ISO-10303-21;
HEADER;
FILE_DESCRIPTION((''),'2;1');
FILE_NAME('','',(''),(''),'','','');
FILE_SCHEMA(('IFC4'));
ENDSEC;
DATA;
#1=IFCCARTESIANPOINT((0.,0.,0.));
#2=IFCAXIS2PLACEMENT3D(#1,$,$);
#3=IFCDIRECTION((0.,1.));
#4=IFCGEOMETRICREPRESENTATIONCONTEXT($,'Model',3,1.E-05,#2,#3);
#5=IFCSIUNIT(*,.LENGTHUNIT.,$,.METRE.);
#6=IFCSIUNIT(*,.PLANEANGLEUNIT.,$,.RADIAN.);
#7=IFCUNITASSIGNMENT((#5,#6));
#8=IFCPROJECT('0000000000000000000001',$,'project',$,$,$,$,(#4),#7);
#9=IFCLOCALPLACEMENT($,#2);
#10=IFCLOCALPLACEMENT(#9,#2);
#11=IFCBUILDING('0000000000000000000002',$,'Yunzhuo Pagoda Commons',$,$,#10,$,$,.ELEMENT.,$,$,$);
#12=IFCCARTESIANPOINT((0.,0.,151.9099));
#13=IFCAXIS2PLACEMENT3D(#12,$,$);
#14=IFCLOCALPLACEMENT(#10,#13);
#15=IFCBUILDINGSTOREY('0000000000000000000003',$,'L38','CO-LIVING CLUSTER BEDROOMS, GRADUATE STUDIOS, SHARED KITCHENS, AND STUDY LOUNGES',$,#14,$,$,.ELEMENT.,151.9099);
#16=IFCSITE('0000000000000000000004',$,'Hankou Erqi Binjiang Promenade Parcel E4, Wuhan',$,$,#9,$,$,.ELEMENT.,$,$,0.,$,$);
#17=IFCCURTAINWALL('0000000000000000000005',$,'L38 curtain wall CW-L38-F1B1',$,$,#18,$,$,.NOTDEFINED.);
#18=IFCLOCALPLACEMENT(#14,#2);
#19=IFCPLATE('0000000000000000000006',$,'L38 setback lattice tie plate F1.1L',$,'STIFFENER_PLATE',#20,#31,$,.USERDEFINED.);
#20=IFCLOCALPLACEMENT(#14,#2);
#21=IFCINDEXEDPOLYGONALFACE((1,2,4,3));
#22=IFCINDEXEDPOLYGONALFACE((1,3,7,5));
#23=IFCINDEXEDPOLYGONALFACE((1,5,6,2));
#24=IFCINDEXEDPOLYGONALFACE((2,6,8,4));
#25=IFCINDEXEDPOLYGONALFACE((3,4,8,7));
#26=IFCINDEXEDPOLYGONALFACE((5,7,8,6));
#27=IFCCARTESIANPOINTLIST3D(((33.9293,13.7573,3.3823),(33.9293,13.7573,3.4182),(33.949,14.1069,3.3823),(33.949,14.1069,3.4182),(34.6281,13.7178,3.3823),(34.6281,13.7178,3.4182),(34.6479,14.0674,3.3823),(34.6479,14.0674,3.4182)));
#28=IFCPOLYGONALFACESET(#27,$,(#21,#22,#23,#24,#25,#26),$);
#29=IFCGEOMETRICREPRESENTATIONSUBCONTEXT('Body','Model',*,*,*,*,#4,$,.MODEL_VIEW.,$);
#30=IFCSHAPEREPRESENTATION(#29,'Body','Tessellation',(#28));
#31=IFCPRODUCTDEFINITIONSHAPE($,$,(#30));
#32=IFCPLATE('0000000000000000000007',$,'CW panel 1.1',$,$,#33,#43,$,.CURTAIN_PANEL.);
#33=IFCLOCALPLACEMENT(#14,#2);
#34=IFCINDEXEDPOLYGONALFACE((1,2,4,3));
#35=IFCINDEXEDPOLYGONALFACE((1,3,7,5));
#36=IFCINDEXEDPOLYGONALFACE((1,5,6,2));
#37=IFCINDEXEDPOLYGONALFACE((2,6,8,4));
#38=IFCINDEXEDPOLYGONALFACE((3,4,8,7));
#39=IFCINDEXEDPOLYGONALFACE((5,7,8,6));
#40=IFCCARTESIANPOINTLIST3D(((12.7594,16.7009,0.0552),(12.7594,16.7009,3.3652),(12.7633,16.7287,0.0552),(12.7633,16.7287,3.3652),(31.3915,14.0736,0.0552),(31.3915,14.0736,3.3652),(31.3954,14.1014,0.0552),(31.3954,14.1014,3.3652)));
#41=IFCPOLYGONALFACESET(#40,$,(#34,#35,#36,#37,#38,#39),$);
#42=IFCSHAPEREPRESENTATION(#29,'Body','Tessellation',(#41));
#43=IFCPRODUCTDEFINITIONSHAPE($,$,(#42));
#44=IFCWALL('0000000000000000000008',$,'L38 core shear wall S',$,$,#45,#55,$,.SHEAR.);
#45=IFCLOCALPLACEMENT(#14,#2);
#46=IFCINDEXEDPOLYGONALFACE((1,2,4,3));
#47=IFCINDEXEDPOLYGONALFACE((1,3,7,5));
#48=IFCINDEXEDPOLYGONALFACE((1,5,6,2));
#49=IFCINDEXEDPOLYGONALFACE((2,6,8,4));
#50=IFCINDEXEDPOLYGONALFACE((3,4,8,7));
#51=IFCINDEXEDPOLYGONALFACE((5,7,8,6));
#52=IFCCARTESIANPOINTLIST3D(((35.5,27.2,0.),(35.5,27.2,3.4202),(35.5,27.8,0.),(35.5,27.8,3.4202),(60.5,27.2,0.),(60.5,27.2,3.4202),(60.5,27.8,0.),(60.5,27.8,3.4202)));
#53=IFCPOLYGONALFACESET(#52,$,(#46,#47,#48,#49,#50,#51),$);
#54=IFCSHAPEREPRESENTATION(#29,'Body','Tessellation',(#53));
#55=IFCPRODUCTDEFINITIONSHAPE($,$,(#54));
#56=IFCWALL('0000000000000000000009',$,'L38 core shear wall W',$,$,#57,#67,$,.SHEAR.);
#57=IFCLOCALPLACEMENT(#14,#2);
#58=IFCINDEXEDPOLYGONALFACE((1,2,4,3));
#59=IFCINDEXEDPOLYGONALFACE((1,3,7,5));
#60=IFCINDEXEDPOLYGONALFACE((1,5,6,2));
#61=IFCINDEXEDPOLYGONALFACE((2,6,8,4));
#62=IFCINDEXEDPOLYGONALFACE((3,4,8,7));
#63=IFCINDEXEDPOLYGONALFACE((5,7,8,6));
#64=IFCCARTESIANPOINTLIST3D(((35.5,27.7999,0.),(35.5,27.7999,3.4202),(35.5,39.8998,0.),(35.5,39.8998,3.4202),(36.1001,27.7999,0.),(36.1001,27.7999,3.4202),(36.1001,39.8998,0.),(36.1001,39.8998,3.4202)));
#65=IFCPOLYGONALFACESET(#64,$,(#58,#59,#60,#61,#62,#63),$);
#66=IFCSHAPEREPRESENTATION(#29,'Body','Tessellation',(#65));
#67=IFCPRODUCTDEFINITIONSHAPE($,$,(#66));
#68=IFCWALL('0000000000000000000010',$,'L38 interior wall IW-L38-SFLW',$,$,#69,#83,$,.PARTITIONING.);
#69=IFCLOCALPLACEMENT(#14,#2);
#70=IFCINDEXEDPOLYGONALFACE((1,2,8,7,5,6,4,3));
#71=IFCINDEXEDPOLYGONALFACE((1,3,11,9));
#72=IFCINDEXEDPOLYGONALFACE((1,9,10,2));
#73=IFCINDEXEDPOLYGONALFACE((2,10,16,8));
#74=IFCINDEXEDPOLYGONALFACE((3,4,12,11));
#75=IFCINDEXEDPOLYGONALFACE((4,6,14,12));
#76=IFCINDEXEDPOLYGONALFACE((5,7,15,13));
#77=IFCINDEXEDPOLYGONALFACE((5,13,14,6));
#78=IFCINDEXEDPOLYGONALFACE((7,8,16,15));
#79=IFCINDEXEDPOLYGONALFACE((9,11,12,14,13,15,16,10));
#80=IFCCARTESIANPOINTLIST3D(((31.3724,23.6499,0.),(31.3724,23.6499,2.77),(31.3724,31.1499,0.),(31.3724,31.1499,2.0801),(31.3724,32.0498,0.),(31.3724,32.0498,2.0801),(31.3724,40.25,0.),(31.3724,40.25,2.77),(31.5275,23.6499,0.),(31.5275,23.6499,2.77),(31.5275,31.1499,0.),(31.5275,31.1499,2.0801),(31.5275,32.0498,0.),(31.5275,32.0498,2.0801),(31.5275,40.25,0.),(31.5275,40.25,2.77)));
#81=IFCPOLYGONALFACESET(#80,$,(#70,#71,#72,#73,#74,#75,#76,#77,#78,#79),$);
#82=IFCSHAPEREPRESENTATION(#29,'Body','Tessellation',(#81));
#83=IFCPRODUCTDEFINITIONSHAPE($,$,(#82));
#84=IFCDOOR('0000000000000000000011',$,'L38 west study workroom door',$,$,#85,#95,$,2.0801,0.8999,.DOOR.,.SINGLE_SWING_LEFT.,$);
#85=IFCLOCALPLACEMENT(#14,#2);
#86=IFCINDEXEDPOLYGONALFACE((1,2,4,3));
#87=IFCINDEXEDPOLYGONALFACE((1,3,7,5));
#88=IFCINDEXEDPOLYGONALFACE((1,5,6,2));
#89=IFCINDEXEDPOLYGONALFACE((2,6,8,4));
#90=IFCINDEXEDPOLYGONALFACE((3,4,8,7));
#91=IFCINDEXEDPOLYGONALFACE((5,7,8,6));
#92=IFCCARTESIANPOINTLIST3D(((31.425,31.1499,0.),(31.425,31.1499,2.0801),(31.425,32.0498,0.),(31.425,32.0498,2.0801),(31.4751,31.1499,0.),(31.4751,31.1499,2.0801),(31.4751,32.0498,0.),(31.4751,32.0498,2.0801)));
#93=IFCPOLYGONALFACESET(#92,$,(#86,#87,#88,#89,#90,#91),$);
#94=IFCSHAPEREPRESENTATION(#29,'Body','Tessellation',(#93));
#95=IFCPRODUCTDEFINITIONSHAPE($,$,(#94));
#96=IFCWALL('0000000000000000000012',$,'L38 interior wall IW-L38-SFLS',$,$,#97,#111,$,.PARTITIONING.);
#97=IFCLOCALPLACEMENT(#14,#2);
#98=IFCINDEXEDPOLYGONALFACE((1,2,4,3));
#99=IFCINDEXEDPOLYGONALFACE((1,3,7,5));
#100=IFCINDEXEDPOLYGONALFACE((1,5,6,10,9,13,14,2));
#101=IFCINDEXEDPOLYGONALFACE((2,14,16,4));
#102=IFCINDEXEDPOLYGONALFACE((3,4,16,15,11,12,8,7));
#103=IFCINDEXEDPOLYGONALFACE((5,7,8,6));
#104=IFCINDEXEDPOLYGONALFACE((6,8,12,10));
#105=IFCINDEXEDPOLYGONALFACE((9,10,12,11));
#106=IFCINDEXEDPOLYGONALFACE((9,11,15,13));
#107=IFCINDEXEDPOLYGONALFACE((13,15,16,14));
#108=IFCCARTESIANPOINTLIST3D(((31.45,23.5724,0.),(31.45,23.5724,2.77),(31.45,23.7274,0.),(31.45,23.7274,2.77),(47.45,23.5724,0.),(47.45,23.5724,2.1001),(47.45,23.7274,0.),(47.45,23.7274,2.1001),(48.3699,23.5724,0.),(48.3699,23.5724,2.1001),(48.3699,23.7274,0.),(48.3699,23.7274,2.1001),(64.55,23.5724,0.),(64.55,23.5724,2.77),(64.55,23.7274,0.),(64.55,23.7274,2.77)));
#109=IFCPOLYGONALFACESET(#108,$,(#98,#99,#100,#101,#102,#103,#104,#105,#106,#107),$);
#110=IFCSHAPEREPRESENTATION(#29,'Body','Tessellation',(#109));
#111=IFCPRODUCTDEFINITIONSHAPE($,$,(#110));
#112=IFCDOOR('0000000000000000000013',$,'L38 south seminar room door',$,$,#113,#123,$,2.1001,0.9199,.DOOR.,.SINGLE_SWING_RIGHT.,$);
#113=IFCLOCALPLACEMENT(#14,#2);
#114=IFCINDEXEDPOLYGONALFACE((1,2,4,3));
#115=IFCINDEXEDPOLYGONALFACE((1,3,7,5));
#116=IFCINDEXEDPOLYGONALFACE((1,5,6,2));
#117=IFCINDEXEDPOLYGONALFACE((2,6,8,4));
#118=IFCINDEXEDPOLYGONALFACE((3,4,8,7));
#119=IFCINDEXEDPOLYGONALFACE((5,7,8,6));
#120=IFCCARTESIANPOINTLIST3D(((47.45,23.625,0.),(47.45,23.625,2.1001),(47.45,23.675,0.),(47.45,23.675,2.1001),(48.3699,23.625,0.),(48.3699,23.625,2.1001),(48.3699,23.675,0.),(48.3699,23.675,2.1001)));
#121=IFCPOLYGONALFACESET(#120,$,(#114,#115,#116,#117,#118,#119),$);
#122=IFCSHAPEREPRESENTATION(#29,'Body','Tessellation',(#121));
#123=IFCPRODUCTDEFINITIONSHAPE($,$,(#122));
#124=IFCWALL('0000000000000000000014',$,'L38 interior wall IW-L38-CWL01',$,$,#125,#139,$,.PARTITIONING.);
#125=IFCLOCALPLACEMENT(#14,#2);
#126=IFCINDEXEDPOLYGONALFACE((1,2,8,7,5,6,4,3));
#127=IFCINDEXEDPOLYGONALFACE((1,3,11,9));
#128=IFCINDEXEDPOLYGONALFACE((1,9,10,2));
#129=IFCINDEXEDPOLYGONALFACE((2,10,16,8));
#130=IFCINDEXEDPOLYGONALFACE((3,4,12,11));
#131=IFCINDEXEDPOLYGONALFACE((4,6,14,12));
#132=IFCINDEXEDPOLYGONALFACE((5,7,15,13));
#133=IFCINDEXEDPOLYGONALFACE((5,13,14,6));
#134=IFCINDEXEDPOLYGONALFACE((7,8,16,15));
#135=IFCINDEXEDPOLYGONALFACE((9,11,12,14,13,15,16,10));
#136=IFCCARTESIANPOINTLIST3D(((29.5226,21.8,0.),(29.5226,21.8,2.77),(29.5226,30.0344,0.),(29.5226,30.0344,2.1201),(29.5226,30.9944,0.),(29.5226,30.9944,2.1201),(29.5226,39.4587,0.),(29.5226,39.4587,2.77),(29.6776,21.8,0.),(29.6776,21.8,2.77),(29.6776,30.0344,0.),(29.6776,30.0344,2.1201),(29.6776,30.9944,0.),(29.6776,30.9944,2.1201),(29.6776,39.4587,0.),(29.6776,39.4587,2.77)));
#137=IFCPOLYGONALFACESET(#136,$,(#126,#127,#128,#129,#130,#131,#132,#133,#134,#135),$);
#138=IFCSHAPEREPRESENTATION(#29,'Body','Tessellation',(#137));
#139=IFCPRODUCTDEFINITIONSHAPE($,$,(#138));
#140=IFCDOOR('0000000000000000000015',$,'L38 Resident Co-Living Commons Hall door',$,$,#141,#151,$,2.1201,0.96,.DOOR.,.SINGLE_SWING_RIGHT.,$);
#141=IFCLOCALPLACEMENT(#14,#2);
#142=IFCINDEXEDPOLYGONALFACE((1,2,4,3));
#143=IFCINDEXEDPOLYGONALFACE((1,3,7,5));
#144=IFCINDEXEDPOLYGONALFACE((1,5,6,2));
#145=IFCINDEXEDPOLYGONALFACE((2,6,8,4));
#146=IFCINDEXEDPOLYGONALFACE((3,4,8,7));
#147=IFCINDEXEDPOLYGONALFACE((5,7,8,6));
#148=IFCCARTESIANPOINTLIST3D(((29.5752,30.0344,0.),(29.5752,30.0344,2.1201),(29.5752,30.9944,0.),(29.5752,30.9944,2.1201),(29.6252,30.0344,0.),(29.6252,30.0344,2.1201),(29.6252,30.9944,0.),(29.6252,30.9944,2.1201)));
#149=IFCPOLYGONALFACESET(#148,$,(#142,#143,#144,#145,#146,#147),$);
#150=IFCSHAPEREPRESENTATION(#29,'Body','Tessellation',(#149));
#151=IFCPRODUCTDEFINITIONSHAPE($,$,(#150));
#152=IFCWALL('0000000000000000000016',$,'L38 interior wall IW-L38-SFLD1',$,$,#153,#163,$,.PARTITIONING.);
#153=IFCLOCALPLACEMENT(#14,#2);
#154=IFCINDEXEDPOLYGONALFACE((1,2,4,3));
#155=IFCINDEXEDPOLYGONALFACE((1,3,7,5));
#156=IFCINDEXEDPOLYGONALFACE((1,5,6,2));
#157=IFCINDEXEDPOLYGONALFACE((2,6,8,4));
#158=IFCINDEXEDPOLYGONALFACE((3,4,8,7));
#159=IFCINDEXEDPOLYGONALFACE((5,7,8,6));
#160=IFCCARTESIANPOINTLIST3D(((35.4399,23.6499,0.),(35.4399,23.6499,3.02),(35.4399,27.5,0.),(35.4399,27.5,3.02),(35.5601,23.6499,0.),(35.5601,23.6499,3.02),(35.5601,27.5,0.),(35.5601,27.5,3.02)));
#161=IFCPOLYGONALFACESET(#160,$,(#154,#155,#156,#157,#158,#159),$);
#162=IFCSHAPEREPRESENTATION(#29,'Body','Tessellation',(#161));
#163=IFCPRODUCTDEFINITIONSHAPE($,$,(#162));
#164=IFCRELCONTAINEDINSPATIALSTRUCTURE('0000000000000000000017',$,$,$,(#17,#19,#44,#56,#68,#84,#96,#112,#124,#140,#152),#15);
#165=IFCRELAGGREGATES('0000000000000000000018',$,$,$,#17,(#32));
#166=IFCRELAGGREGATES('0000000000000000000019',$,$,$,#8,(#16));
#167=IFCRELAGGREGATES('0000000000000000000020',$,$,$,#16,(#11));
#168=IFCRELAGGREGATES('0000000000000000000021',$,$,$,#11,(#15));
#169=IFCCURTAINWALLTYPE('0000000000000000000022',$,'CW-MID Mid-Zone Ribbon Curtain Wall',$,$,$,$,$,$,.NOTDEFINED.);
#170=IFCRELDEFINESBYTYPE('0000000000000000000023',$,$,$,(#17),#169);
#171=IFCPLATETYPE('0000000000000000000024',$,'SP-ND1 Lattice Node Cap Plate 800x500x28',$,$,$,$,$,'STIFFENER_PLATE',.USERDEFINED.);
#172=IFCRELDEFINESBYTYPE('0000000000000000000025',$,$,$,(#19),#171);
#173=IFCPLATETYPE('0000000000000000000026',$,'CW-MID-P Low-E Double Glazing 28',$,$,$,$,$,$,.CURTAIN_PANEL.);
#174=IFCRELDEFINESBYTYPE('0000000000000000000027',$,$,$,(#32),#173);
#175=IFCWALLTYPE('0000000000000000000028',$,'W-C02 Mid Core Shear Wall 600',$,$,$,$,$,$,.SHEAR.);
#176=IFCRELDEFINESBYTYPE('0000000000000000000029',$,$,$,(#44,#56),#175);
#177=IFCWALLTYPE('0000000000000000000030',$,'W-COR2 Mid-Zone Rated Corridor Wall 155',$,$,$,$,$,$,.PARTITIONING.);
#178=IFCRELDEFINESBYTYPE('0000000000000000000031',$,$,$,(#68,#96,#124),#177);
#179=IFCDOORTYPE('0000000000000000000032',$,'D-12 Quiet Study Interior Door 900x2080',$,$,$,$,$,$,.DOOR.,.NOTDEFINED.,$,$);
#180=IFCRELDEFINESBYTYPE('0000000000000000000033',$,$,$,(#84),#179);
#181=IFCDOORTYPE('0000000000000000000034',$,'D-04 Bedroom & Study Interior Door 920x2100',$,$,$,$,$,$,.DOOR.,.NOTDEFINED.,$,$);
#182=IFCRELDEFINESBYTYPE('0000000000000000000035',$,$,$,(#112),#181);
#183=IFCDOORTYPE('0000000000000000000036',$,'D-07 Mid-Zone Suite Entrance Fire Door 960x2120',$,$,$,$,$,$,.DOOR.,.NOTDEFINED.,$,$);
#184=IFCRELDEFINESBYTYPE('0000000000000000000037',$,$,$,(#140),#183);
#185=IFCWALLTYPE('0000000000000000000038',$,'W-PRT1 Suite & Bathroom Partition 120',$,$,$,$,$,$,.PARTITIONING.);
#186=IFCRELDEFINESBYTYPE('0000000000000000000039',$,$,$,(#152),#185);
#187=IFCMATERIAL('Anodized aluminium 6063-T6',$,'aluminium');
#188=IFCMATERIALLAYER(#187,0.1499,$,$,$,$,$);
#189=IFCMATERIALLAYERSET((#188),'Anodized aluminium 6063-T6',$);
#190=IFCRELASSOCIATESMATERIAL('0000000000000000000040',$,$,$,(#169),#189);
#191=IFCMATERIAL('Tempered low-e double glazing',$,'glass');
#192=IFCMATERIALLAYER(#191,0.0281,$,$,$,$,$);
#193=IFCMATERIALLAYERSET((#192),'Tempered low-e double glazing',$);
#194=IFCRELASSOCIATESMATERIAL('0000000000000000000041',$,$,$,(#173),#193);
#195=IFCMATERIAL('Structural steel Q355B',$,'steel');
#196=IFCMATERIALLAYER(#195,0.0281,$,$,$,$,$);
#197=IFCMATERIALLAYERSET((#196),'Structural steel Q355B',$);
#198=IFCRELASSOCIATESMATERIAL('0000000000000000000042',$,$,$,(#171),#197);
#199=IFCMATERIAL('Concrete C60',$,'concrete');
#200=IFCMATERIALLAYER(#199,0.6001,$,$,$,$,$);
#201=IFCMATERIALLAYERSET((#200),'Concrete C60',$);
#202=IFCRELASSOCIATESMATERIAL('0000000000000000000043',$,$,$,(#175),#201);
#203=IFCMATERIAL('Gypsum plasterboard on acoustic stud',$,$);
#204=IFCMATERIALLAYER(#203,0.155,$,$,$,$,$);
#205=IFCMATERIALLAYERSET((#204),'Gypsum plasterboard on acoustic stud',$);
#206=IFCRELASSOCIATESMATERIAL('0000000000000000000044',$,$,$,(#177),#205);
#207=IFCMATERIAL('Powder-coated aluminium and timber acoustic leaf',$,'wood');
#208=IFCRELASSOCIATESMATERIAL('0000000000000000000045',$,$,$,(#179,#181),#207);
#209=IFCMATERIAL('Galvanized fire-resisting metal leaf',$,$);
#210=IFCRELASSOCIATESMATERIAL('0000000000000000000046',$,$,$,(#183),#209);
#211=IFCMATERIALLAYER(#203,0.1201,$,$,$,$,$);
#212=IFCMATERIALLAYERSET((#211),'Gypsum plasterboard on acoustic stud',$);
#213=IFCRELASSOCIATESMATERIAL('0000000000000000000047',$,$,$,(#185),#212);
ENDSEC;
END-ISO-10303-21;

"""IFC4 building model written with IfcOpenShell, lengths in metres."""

from ifc_helpers import new_model, si_unit, direction, frame, frame_2d, origin, origin_with_axes, origin_2d, place, context, subcontext, project, spatial, rectangle, extrude, source, transform, mapped, material, layer, layer_set, type_object, element, fill, aggregate, save


model = new_model("IFC4")

# Units and contexts
model_context = context("Model", 3, precision=1e-05, world=origin(), true_north=direction((0.0, 1.0)))
body_context = subcontext(model_context, "Body", "Model", "MODEL_VIEW")
ifc_project = project(units=[si_unit("LENGTHUNIT", "METRE"), si_unit("PLANEANGLEUNIT", "RADIAN")], contexts=[model_context])

# Site, building, storey
site_placement = place(None, origin())
site = spatial("IfcSite", under=ifc_project, at=site_placement, Name="Hankou Erqi Binjiang Promenade Parcel E4, Wuhan", CompositionType="ELEMENT", RefElevation=0.0)
building_placement = place(site_placement, origin())
building = spatial("IfcBuilding", under=site, at=building_placement, Name="Yunzhuo Pagoda Commons", CompositionType="ELEMENT")
storey_placement = place(building_placement, frame((0.0, 0.0, 151.9099)))
storey = spatial("IfcBuildingStorey", under=building, at=storey_placement, Name="L38", Description="CO-LIVING CLUSTER BEDROOMS, GRADUATE STUDIOS, SHARED KITCHENS, AND STUDY LOUNGES", CompositionType="ELEMENT", Elevation=151.9099)

# Shared definitions
ifc_material_1 = material(Name="Structural steel Q355B", Category="steel")

# Curtain wall
ifc_material_2 = material(Name="Anodized aluminium 6063-T6", Category="aluminium")
ifc_layer_1 = layer(ifc_material_2, 0.1499)
ifc_layer_set_1 = layer_set([ifc_layer_1], Name="Anodized aluminium 6063-T6")
curtain_wall_type = type_object("IfcCurtainWallType", Name="CW-MID Mid-Zone Ribbon Curtain Wall", PredefinedType="NOTDEFINED", material=ifc_layer_set_1)
curtain_wall_1_placement = place(storey_placement, origin())
curtain_wall_1 = element("IfcCurtainWall", 1, at=curtain_wall_1_placement, inside=storey, type_object=curtain_wall_type, Name="L38 curtain wall CW-L38-F1B1", PredefinedType="NOTDEFINED")

# Shared definitions
ifc_material_3 = material(Name="Tempered low-e double glazing", Category="glass")
ifc_layer_2 = layer(ifc_material_3, 0.0281)
ifc_layer_set_2 = layer_set([ifc_layer_2], Name="Tempered low-e double glazing")
plate_type_1 = type_object("IfcPlateType", Name="CW-MID-P Low-E Double Glazing 28", PredefinedType="CURTAIN_PANEL", material=ifc_layer_set_2)

# Plate
ifc_layer_3 = layer(ifc_material_1, 0.0281)
ifc_layer_set_3 = layer_set([ifc_layer_3], Name="Structural steel Q355B")
plate_type_2 = type_object("IfcPlateType", Name="SP-ND1 Lattice Node Cap Plate 800x500x28", ElementType="STIFFENER_PLATE", PredefinedType="USERDEFINED", material=ifc_layer_set_3)
shared_shape_1 = source(origin(), body_context, "Body", "SweptSolid", [
    extrude(rectangle(XDim=0.7, YDim=0.3501, at=origin_2d()), origin(), (0.0, 0.0, 1.0), 0.0359),
])
plate_1_placement = place(storey_placement, frame((34.2886, 13.9124, 3.3823), z_axis=(0.0, 0.0, 1.0), x_axis=(0.998405, -0.056466, 0.0)))
element("IfcPlate", 2, at=plate_1_placement, inside=storey, type_object=plate_type_2, Name="L38 setback lattice tie plate F1.1L", ObjectType="STIFFENER_PLATE", PredefinedType="USERDEFINED", context=body_context, shape_type="MappedRepresentation", body=[
    mapped(shared_shape_1, transform((0.0, 0.0, 0.0), scale=1.0)),
])

# Plate
shared_shape_2 = source(origin(), body_context, "Body", "SweptSolid", [
    extrude(rectangle(XDim=18.8164, YDim=0.0281, at=origin_2d()), origin(), (0.0, 0.0, 1.0), 3.3101),
])
plate_2_placement = place(storey_placement, frame((22.0774, 15.4011, 0.0552), z_axis=(0.0, 0.0, 1.0), x_axis=(0.990204, -0.13963, 0.0)))
plate_2 = element("IfcPlate", 3, at=plate_2_placement, type_object=plate_type_1, Name="CW panel 1.1", PredefinedType="CURTAIN_PANEL", context=body_context, shape_type="MappedRepresentation", body=[
    mapped(shared_shape_2, transform((0.0, 0.0, 0.0), scale=1.0)),
])
aggregate(curtain_wall_1, [plate_2])

# Walls
ifc_material_4 = material(Name="Concrete C60", Category="concrete")
ifc_layer_4 = layer(ifc_material_4, 0.6001)
ifc_layer_set_4 = layer_set([ifc_layer_4], Name="Concrete C60")
wall_type_1 = type_object("IfcWallType", Name="W-C02 Mid Core Shear Wall 600", PredefinedType="SHEAR", material=ifc_layer_set_4)
wall_1_placement = place(storey_placement, frame((35.5, 27.5, 0.0), z_axis=(0.0, 0.0, 1.0), x_axis=(1.0, 0.0, 0.0)))
element("IfcWall", 4, at=wall_1_placement, inside=storey, type_object=wall_type_1, Name="L38 core shear wall S", PredefinedType="SHEAR", context=body_context, shape_type="SweptSolid", body=[
    extrude(rectangle(XDim=25.0, YDim=0.6001, at=frame_2d((12.5, 0.0))), origin(), (0.0, 0.0, 1.0), 3.4202),
])
wall_2_placement = place(storey_placement, frame((35.8, 27.8, 0.0), z_axis=(0.0, 0.0, 1.0), x_axis=(0.0, 1.0, 0.0)))
element("IfcWall", 5, at=wall_2_placement, inside=storey, type_object=wall_type_1, Name="L38 core shear wall W", PredefinedType="SHEAR", context=body_context, shape_type="SweptSolid", body=[
    extrude(rectangle(XDim=12.0999, YDim=0.6001, at=frame_2d((6.0498, 0.0))), origin(), (0.0, 0.0, 1.0), 3.4202),
])

# Walls, openings, doors
ifc_material_5 = material(Name="Gypsum plasterboard on acoustic stud")
ifc_layer_5 = layer(ifc_material_5, 0.155)
ifc_layer_set_5 = layer_set([ifc_layer_5], Name="Gypsum plasterboard on acoustic stud")
wall_type_2 = type_object("IfcWallType", Name="W-COR2 Mid-Zone Rated Corridor Wall 155", PredefinedType="PARTITIONING", material=ifc_layer_set_5)
wall_3_placement = place(storey_placement, frame((31.45, 23.6499, 0.0), z_axis=(0.0, 0.0, 1.0), x_axis=(0.0, 1.0, 0.0)))
wall_3 = element("IfcWall", 6, at=wall_3_placement, inside=storey, type_object=wall_type_2, Name="L38 interior wall IW-L38-SFLW", PredefinedType="PARTITIONING", context=body_context, shape_type="SweptSolid", body=[
    extrude(rectangle(XDim=16.6001, YDim=0.155, at=frame_2d((8.3, 0.0))), origin(), (0.0, 0.0, 1.0), 2.77),
])
opening_1_placement = place(wall_3_placement, frame((7.5, 0.0, 0.0)))
opening_1 = element("IfcOpeningElement", 7, at=opening_1_placement, cuts=wall_3, PredefinedType="OPENING", context=body_context, shape_type="SweptSolid", body=[
    extrude(rectangle(XDim=0.8999, YDim=2.0801, at=frame_2d((0.45, 1.04))), frame((0.0, 0.0874, 0.0), z_axis=(0.0, -1.0, 0.0), x_axis=(1.0, 0.0, 0.0)), (0.0, 0.0, 1.0), 0.175),
])
ifc_material_6 = material(Name="Powder-coated aluminium and timber acoustic leaf", Category="wood")
door_type_1 = type_object("IfcDoorType", Name="D-12 Quiet Study Interior Door 900x2080", OperationType="NOTDEFINED", PredefinedType="DOOR", material=ifc_material_6)
shared_shape_3 = source(origin(), body_context, "Body", "SweptSolid", [
    extrude(rectangle(XDim=0.8999, YDim=2.0801, at=frame_2d((0.45, 1.04))), frame((0.0, 0.0249, 0.0), z_axis=(0.0, -1.0, 0.0), x_axis=(1.0, 0.0, 0.0)), (0.0, 0.0, 1.0), 0.05),
])
door_1_placement = place(opening_1_placement, origin_with_axes())
door_1 = element("IfcDoor", 8, at=door_1_placement, inside=storey, type_object=door_type_1, Name="L38 west study workroom door", OperationType="SINGLE_SWING_LEFT", OverallHeight=2.0801, OverallWidth=0.8999, PredefinedType="DOOR", context=body_context, shape_type="MappedRepresentation", body=[
    mapped(shared_shape_3, transform((0.0, 0.0, 0.0), scale=1.0)),
])
fill(opening_1, door_1)
wall_4_placement = place(storey_placement, frame((31.45, 23.6499, 0.0), z_axis=(0.0, 0.0, 1.0), x_axis=(1.0, 0.0, 0.0)))
wall_4 = element("IfcWall", 9, at=wall_4_placement, inside=storey, type_object=wall_type_2, Name="L38 interior wall IW-L38-SFLS", PredefinedType="PARTITIONING", context=body_context, shape_type="SweptSolid", body=[
    extrude(rectangle(XDim=33.1001, YDim=0.155, at=frame_2d((16.55, 0.0))), origin(), (0.0, 0.0, 1.0), 2.77),
])
opening_2_placement = place(wall_4_placement, frame((16.0, 0.0, 0.0)))
opening_2 = element("IfcOpeningElement", 10, at=opening_2_placement, cuts=wall_4, PredefinedType="OPENING", context=body_context, shape_type="SweptSolid", body=[
    extrude(rectangle(XDim=0.9199, YDim=2.1001, at=frame_2d((0.46, 1.05))), frame((0.0, 0.0874, 0.0), z_axis=(0.0, -1.0, 0.0), x_axis=(1.0, 0.0, 0.0)), (0.0, 0.0, 1.0), 0.175),
])
door_type_2 = type_object("IfcDoorType", Name="D-04 Bedroom & Study Interior Door 920x2100", OperationType="NOTDEFINED", PredefinedType="DOOR", material=ifc_material_6)
shared_shape_4 = source(origin(), body_context, "Body", "SweptSolid", [
    extrude(rectangle(XDim=0.9199, YDim=2.1001, at=frame_2d((0.46, 1.05))), frame((0.0, 0.0249, 0.0), z_axis=(0.0, -1.0, 0.0), x_axis=(1.0, 0.0, 0.0)), (0.0, 0.0, 1.0), 0.05),
])
door_2_placement = place(opening_2_placement, frame((0.9199, 0.0, 0.0), z_axis=(0.0, 0.0, 1.0), x_axis=(-1.0, 0.0, 0.0)))
door_2 = element("IfcDoor", 11, at=door_2_placement, inside=storey, type_object=door_type_2, Name="L38 south seminar room door", OperationType="SINGLE_SWING_RIGHT", OverallHeight=2.1001, OverallWidth=0.9199, PredefinedType="DOOR", context=body_context, shape_type="MappedRepresentation", body=[
    mapped(shared_shape_4, transform((0.0, 0.0, 0.0), scale=1.0)),
])
fill(opening_2, door_2)
wall_5_placement = place(storey_placement, frame((29.6001, 21.8, 0.0), z_axis=(0.0, 0.0, 1.0), x_axis=(0.0, 1.0, 0.0)))
wall_5 = element("IfcWall", 12, at=wall_5_placement, inside=storey, type_object=wall_type_2, Name="L38 interior wall IW-L38-CWL01", PredefinedType="PARTITIONING", context=body_context, shape_type="SweptSolid", body=[
    extrude(rectangle(XDim=17.6587, YDim=0.155, at=frame_2d((8.8293, 0.0))), origin(), (0.0, 0.0, 1.0), 2.77),
])
opening_3_placement = place(wall_5_placement, frame((8.2344, 0.0, 0.0)))
opening_3 = element("IfcOpeningElement", 13, at=opening_3_placement, cuts=wall_5, PredefinedType="OPENING", context=body_context, shape_type="SweptSolid", body=[
    extrude(rectangle(XDim=0.96, YDim=2.1201, at=frame_2d((0.48, 1.0601))), frame((0.0, 0.0874, 0.0), z_axis=(0.0, -1.0, 0.0), x_axis=(1.0, 0.0, 0.0)), (0.0, 0.0, 1.0), 0.175),
])
ifc_material_7 = material(Name="Galvanized fire-resisting metal leaf")
door_type_3 = type_object("IfcDoorType", Name="D-07 Mid-Zone Suite Entrance Fire Door 960x2120", OperationType="NOTDEFINED", PredefinedType="DOOR", material=ifc_material_7)
shared_shape_5 = source(origin(), body_context, "Body", "SweptSolid", [
    extrude(rectangle(XDim=0.96, YDim=2.1201, at=frame_2d((0.48, 1.0601))), frame((0.0, 0.0249, 0.0), z_axis=(0.0, -1.0, 0.0), x_axis=(1.0, 0.0, 0.0)), (0.0, 0.0, 1.0), 0.05),
])
door_3_placement = place(opening_3_placement, origin_with_axes())
door_3 = element("IfcDoor", 14, at=door_3_placement, inside=storey, type_object=door_type_3, Name="L38 Resident Co-Living Commons Hall door", OperationType="SINGLE_SWING_RIGHT", OverallHeight=2.1201, OverallWidth=0.96, PredefinedType="DOOR", context=body_context, shape_type="MappedRepresentation", body=[
    mapped(shared_shape_5, transform((0.0, 0.0, 0.0), scale=1.0)),
])
fill(opening_3, door_3)

# Wall
ifc_layer_6 = layer(ifc_material_5, 0.1201)
ifc_layer_set_6 = layer_set([ifc_layer_6], Name="Gypsum plasterboard on acoustic stud")
wall_type_3 = type_object("IfcWallType", Name="W-PRT1 Suite & Bathroom Partition 120", PredefinedType="PARTITIONING", material=ifc_layer_set_6)
wall_6_placement = place(storey_placement, frame((35.5, 23.6499, 0.0), z_axis=(0.0, 0.0, 1.0), x_axis=(0.0, 1.0, 0.0)))
element("IfcWall", 15, at=wall_6_placement, inside=storey, type_object=wall_type_3, Name="L38 interior wall IW-L38-SFLD1", PredefinedType="PARTITIONING", context=body_context, shape_type="SweptSolid", body=[
    extrude(rectangle(XDim=3.8501, YDim=0.1201, at=frame_2d((1.925, 0.0))), origin(), (0.0, 0.0, 1.0), 3.02),
])

save(model, "model.ifc")
